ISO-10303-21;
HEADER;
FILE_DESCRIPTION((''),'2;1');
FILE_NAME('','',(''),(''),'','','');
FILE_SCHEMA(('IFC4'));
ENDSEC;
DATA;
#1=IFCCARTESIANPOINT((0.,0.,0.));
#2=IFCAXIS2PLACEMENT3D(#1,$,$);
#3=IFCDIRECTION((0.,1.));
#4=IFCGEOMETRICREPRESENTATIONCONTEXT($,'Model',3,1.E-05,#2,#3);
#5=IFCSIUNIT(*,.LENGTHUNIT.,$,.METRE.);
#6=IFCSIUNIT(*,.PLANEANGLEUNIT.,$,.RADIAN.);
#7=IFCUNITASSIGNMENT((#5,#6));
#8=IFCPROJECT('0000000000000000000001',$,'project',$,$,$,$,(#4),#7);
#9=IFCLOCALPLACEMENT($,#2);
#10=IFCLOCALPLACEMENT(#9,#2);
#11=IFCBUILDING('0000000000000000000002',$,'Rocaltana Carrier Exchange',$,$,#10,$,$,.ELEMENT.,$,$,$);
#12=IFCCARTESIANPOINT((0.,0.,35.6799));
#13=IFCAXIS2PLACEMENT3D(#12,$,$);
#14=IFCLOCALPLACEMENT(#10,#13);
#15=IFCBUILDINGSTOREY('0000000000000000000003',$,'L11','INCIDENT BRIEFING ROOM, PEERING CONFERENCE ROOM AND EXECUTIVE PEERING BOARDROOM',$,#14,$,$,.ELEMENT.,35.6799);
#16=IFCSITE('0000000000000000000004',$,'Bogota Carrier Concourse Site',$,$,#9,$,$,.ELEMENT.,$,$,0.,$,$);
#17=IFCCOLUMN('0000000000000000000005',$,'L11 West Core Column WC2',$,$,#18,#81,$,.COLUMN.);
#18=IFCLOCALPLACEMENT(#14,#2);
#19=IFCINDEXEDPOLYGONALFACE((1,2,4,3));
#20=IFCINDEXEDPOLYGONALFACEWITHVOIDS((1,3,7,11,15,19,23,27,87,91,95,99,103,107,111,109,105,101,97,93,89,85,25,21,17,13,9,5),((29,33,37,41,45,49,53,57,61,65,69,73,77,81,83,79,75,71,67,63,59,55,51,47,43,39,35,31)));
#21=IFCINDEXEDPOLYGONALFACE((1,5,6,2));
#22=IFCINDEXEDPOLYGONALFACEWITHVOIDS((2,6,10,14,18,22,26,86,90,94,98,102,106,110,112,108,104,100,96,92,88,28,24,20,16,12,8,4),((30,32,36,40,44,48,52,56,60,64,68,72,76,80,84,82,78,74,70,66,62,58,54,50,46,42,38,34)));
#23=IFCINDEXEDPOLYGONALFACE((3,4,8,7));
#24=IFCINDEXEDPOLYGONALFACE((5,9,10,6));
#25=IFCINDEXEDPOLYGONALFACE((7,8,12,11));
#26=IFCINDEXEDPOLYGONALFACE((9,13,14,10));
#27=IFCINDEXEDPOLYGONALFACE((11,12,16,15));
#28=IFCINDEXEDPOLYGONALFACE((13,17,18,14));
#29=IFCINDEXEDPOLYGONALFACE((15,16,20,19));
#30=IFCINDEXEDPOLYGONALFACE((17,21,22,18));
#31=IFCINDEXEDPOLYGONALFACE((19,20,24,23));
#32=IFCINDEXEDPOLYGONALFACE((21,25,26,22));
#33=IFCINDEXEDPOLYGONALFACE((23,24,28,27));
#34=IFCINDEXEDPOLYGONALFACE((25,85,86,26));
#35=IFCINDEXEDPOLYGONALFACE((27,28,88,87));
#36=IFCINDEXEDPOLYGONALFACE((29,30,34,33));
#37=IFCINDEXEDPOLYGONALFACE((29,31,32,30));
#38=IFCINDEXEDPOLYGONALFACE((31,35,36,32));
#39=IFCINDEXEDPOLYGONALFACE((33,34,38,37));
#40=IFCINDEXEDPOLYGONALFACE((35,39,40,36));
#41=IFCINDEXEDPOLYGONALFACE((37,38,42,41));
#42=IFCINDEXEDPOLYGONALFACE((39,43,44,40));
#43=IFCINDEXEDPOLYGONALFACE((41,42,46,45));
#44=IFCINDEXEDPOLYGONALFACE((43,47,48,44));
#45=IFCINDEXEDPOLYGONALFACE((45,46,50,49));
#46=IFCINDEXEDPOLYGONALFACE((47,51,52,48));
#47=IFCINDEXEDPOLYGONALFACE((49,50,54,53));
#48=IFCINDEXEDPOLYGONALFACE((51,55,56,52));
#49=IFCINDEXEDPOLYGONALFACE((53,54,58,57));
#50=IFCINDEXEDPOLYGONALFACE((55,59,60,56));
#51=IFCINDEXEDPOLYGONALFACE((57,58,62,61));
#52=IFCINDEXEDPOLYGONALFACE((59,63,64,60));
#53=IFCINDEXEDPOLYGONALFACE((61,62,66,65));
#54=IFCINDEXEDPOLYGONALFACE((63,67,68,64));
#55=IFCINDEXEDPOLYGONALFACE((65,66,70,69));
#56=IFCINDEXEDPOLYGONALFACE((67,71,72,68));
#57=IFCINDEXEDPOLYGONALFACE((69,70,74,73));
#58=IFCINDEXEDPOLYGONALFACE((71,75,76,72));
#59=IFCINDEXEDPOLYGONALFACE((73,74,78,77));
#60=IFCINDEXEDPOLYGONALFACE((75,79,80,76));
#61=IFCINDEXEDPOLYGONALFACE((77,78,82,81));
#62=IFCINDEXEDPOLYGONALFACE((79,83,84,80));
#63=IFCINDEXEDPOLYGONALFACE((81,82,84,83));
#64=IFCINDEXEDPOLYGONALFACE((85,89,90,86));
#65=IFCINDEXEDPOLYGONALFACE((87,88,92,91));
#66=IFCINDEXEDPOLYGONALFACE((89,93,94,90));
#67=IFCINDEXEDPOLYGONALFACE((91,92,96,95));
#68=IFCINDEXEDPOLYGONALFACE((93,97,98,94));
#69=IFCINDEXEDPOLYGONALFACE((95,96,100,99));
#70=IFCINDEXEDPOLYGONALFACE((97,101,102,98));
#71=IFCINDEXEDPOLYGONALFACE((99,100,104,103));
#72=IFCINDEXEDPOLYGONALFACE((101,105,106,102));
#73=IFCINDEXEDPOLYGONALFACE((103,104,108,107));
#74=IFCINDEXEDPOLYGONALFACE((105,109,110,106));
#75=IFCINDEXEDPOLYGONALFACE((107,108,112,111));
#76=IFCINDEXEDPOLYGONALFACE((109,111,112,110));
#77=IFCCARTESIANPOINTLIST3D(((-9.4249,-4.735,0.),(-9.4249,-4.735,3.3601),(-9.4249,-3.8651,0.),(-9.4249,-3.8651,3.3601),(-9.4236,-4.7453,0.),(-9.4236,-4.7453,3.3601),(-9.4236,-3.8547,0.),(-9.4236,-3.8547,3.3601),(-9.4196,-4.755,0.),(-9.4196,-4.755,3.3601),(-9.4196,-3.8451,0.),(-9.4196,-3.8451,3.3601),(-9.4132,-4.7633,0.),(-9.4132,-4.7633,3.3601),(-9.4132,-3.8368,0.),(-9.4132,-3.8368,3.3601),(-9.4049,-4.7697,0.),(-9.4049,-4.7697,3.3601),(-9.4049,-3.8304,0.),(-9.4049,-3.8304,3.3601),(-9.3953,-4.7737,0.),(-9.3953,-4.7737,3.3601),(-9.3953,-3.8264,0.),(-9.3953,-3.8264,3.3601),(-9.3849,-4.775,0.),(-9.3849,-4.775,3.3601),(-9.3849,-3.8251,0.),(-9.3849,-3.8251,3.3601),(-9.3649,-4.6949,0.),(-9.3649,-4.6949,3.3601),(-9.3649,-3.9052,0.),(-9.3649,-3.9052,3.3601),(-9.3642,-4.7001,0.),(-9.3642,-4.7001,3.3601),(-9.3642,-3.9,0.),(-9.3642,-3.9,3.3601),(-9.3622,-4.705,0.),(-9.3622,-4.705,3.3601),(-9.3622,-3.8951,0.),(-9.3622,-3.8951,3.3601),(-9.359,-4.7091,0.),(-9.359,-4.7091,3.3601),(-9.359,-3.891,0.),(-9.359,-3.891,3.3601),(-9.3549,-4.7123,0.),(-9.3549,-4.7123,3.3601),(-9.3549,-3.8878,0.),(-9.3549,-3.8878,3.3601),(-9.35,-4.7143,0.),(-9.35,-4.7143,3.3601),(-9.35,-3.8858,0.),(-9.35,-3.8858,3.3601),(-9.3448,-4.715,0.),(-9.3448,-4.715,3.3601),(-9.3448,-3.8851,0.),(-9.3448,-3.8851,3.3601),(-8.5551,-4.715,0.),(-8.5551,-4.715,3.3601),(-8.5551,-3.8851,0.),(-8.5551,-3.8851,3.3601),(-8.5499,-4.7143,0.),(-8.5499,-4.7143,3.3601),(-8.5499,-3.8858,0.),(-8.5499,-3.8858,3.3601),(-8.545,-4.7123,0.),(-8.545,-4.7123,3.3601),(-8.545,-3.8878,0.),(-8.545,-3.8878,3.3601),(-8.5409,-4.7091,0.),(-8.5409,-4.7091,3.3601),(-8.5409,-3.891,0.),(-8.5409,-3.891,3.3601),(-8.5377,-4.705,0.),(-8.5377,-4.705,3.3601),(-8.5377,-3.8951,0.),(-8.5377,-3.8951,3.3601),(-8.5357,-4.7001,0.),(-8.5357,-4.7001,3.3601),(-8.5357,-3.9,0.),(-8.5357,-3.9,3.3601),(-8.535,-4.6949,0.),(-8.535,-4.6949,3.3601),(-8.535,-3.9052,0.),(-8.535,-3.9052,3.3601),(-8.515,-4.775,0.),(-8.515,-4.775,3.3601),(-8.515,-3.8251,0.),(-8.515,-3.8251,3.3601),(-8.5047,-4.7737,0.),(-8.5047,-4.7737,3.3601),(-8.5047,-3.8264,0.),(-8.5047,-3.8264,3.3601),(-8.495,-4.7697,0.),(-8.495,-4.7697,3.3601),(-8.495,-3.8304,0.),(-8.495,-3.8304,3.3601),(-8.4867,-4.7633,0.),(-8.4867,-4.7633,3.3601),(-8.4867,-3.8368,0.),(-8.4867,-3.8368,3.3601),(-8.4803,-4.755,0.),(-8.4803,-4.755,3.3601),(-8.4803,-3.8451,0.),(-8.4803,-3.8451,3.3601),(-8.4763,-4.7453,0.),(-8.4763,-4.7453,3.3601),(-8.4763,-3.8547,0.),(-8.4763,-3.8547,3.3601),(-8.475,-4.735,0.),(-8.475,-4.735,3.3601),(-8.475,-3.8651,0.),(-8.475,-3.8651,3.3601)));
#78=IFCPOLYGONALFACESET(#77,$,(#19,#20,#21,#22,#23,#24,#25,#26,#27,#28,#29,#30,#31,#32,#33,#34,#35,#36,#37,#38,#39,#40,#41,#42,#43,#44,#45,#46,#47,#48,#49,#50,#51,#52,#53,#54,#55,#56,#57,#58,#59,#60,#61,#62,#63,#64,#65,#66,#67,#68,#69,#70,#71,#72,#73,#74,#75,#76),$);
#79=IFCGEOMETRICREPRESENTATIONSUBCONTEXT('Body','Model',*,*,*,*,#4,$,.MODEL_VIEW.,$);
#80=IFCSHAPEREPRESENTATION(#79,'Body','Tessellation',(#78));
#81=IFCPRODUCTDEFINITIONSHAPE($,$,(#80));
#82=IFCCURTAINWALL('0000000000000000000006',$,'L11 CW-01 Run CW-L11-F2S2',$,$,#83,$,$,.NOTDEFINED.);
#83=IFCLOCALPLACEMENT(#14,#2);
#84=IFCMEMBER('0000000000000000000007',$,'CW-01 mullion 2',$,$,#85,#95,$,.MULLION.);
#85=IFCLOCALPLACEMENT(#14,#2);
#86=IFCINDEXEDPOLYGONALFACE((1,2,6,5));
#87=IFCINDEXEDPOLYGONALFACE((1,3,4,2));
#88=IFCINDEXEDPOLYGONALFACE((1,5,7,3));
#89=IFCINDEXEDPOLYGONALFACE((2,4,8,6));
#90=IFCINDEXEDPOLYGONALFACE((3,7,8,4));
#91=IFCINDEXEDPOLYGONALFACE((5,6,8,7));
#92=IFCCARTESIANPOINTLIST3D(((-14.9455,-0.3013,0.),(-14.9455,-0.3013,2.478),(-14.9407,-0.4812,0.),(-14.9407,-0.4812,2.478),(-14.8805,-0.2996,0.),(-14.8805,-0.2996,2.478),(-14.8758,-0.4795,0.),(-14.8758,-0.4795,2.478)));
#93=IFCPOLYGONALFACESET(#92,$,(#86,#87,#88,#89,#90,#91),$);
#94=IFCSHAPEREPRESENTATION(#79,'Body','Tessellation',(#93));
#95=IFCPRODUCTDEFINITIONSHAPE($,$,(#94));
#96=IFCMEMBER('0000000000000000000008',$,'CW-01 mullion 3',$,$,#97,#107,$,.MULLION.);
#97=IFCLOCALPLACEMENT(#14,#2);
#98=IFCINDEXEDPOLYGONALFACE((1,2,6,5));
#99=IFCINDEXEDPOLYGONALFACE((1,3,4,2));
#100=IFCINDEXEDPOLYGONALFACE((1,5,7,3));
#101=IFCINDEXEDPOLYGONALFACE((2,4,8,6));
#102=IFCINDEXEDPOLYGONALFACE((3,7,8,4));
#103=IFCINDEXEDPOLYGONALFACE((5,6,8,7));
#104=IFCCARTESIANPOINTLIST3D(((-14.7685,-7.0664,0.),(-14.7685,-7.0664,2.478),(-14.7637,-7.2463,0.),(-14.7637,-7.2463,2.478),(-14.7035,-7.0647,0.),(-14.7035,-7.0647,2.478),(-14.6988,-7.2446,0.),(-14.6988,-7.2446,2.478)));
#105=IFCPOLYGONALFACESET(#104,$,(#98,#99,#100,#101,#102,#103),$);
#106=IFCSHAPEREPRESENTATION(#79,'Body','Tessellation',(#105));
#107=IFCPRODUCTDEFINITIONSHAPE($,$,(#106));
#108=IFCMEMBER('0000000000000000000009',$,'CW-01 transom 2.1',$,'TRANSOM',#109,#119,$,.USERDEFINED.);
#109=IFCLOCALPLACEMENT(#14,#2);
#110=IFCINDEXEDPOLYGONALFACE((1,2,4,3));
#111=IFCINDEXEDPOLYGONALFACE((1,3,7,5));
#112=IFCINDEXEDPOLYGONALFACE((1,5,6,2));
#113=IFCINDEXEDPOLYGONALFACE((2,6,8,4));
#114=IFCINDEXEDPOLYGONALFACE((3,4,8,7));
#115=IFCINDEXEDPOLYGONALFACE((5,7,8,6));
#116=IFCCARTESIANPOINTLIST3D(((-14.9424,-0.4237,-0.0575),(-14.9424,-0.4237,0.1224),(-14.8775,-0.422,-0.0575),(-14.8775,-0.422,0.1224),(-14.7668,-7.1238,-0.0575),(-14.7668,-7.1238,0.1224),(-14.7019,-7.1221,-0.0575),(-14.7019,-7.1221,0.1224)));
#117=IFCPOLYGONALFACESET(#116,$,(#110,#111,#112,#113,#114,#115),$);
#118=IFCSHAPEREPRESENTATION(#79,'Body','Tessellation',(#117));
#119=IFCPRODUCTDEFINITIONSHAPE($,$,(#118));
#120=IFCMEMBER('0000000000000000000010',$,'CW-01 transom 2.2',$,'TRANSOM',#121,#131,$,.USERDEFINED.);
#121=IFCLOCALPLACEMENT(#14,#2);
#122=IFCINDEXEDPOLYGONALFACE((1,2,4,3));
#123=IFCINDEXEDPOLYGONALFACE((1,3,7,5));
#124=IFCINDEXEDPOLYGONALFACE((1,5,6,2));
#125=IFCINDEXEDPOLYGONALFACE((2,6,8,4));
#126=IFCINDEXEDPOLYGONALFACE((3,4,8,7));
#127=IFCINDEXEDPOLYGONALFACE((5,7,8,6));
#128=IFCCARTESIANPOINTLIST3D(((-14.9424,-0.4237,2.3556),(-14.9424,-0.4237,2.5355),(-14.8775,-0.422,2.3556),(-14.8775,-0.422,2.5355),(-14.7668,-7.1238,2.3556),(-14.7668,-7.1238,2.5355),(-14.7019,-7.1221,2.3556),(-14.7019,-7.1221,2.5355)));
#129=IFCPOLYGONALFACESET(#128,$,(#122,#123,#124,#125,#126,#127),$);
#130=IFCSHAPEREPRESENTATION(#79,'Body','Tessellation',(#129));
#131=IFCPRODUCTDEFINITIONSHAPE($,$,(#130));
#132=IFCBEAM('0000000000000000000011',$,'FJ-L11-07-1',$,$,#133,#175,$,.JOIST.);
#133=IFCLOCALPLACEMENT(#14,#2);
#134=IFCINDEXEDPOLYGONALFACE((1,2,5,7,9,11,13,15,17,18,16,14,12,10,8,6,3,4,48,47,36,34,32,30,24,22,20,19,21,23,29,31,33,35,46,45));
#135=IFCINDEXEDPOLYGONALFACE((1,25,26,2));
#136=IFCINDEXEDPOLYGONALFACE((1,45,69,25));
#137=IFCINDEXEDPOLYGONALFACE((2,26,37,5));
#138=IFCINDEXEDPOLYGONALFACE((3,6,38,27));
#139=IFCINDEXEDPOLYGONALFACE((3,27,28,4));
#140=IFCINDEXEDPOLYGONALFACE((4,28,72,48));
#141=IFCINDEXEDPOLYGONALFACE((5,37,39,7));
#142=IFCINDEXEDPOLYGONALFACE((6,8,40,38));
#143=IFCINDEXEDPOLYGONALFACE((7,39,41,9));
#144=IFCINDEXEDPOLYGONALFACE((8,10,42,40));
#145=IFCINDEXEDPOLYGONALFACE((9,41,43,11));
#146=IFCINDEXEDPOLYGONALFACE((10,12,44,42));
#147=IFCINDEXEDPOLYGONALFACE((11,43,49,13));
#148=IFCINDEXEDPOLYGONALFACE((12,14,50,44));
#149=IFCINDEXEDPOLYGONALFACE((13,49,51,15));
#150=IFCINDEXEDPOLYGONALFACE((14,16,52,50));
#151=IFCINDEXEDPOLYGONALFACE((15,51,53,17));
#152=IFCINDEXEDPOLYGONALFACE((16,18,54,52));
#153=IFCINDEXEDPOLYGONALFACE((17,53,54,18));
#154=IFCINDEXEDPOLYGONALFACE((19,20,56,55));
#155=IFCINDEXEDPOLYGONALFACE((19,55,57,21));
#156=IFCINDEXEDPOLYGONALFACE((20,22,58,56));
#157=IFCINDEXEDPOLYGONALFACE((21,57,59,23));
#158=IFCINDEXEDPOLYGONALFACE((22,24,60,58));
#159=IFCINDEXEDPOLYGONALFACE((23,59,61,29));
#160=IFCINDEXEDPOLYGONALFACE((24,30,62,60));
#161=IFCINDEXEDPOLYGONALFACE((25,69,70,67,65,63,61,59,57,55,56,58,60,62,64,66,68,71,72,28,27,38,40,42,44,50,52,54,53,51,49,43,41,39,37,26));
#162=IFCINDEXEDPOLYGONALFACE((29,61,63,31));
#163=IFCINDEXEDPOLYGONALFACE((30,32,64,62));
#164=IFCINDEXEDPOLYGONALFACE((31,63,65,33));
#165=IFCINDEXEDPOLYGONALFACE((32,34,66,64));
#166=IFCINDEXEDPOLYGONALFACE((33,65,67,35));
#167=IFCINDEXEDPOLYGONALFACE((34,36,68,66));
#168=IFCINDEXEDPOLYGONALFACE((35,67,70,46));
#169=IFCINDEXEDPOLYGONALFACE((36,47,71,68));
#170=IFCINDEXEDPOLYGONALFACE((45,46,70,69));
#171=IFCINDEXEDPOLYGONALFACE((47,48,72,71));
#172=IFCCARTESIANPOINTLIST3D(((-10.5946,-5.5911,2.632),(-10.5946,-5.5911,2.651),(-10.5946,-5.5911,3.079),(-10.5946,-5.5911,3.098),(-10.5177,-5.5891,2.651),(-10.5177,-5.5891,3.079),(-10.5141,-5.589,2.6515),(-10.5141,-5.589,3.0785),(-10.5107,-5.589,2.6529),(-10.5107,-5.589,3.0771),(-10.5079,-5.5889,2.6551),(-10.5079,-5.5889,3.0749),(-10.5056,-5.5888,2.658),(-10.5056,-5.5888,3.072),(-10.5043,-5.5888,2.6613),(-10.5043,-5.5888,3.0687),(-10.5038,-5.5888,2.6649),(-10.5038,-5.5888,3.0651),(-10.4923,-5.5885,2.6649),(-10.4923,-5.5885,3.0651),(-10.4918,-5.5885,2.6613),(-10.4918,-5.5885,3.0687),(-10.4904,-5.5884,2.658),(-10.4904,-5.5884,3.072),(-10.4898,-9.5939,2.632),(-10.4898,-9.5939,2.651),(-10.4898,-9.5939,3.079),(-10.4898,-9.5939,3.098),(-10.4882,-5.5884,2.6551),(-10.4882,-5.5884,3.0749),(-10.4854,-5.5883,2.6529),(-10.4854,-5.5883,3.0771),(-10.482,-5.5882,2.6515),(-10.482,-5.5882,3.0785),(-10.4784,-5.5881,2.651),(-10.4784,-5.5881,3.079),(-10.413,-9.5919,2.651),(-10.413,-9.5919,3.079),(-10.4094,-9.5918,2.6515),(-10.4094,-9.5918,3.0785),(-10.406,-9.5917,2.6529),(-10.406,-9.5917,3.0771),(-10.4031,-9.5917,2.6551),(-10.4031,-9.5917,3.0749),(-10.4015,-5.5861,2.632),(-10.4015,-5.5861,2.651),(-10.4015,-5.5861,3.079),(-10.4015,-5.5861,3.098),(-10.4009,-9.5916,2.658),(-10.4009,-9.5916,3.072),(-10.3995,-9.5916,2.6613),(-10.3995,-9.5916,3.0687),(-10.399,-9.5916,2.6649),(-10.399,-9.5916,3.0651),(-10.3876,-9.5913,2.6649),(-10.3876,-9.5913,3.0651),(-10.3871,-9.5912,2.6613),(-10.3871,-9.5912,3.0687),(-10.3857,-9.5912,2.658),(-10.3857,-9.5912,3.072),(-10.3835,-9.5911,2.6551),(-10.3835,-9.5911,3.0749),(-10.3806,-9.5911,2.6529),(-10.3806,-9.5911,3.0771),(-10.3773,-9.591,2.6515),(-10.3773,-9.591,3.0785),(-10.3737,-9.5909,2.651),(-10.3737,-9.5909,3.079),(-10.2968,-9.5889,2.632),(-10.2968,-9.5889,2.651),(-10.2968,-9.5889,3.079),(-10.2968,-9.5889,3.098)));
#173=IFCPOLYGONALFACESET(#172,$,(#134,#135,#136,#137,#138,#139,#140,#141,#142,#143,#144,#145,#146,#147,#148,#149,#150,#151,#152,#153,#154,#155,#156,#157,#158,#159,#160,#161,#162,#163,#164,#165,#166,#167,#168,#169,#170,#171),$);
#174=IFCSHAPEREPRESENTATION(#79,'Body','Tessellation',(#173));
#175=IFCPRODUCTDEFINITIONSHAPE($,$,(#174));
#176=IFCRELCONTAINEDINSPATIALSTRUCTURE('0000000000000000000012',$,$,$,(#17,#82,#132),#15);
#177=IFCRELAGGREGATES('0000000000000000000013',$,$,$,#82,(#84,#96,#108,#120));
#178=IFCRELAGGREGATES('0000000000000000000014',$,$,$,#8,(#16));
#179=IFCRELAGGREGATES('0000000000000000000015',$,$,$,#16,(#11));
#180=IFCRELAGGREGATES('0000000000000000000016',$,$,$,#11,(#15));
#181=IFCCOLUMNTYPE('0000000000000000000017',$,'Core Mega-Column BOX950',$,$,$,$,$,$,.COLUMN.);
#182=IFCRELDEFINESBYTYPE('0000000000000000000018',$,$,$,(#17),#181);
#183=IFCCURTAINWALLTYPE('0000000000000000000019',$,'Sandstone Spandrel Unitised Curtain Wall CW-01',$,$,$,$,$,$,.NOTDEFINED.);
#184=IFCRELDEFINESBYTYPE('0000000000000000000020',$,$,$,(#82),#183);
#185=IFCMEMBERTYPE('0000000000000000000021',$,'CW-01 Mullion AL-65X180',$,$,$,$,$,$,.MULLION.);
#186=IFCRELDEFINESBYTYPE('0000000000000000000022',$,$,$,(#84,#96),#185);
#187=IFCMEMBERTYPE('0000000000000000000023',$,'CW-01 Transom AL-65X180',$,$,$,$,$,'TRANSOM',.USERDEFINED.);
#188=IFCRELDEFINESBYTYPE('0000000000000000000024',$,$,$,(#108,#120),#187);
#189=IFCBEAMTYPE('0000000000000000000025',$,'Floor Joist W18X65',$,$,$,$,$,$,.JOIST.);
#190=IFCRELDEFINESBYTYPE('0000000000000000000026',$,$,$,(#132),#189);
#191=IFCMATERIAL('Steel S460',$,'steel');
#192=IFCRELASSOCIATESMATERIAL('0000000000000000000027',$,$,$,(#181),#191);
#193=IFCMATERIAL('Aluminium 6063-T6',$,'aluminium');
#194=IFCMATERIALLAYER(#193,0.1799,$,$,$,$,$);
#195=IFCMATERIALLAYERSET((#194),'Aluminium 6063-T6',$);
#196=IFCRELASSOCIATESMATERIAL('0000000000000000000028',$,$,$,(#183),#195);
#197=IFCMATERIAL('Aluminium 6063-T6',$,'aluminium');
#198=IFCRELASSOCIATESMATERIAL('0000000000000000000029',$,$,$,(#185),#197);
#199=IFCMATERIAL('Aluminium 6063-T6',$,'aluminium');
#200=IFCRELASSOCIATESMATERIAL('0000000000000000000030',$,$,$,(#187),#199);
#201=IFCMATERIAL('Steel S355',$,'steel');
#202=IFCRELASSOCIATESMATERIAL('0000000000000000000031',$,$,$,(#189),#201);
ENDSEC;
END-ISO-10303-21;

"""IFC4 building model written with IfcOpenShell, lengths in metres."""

from ifc_helpers import new_model, si_unit, direction, frame, origin, origin_2d, place, context, subcontext, project, spatial, rectangle, hollow_rectangle, i_section, extrude, material, layer, layer_set, material_profile, profile_set, type_object, element, aggregate, save


model = new_model("IFC4")

# Units and contexts
model_context = context("Model", 3, precision=1e-05, world=origin(), true_north=direction((0.0, 1.0)))
body_context = subcontext(model_context, "Body", "Model", "MODEL_VIEW")
ifc_project = project(units=[si_unit("LENGTHUNIT", "METRE"), si_unit("PLANEANGLEUNIT", "RADIAN")], contexts=[model_context])

# Site, building, storey
site_placement = place(None, origin())
site = spatial("IfcSite", under=ifc_project, at=site_placement, Name="Bogota Carrier Concourse Site", CompositionType="ELEMENT", RefElevation=0.0)
building_placement = place(site_placement, origin())
building = spatial("IfcBuilding", under=site, at=building_placement, Name="Rocaltana Carrier Exchange", CompositionType="ELEMENT")
storey_placement = place(building_placement, frame((0.0, 0.0, 35.6799)))
storey = spatial("IfcBuildingStorey", under=building, at=storey_placement, Name="L11", Description="INCIDENT BRIEFING ROOM, PEERING CONFERENCE ROOM AND EXECUTIVE PEERING BOARDROOM", CompositionType="ELEMENT", Elevation=35.6799)

# Column
ifc_material_1 = material(Name="Steel S460", Category="steel")
ifc_material_profile_1 = material_profile(ifc_material_1, hollow_rectangle(XDim=0.95, YDim=0.95, WallThickness=0.0601, InnerFilletRadius=0.02, OuterFilletRadius=0.04, at=origin_2d()), Name="BOX950X950X60")
ifc_profile_set_1 = profile_set([ifc_material_profile_1], Name="Steel S460")
column_type = type_object("IfcColumnType", Name="Core Mega-Column BOX950", PredefinedType="COLUMN", material=ifc_profile_set_1)
column_placement = place(storey_placement, frame((-8.95, -4.3, 0.0), z_axis=(0.0, 0.0, 1.0), x_axis=(1.0, 0.0, 0.0)))
element("IfcColumn", 1, at=column_placement, inside=storey, type_object=column_type, Name="L11 West Core Column WC2", PredefinedType="COLUMN", context=body_context, shape_type="SweptSolid", body=[
    extrude(hollow_rectangle(XDim=0.95, YDim=0.95, WallThickness=0.0601, InnerFilletRadius=0.02, OuterFilletRadius=0.04, at=origin_2d()), origin(), (0.0, 0.0, 1.0), 3.3601),
])

# Curtain wall, members
ifc_material_2 = material(Name="Aluminium 6063-T6", Category="aluminium")
ifc_layer_1 = layer(ifc_material_2, 0.1799)
ifc_layer_set_1 = layer_set([ifc_layer_1], Name="Aluminium 6063-T6")
curtain_wall_type = type_object("IfcCurtainWallType", Name="Sandstone Spandrel Unitised Curtain Wall CW-01", PredefinedType="NOTDEFINED", material=ifc_layer_set_1)
curtain_wall_placement = place(storey_placement, origin())
curtain_wall = element("IfcCurtainWall", 2, at=curtain_wall_placement, inside=storey, type_object=curtain_wall_type, Name="L11 CW-01 Run CW-L11-F2S2", PredefinedType="NOTDEFINED")
ifc_material_3 = material(Name="Aluminium 6063-T6", Category="aluminium")
ifc_material_profile_2 = material_profile(ifc_material_3, rectangle(XDim=0.0649, YDim=0.1799, at=origin_2d()), Name="AL-65X180")
ifc_profile_set_2 = profile_set([ifc_material_profile_2], Name="Aluminium 6063-T6")
member_type_1 = type_object("IfcMemberType", Name="CW-01 Mullion AL-65X180", PredefinedType="MULLION", material=ifc_profile_set_2)
member_1_placement = place(storey_placement, frame((-14.9106, -0.3904, 0.0), z_axis=(0.0, 0.0, 1.0), x_axis=(0.999657, 0.026177, 0.0)))
member_1 = element("IfcMember", 3, at=member_1_placement, type_object=member_type_1, Name="CW-01 mullion 2", PredefinedType="MULLION", context=body_context, shape_type="SweptSolid", body=[
    extrude(rectangle(XDim=0.0649, YDim=0.1799, at=origin_2d()), origin(), (0.0, 0.0, 1.0), 2.478),
])
member_2_placement = place(storey_placement, frame((-14.7336, -7.1555, 0.0), z_axis=(0.0, 0.0, 1.0), x_axis=(0.999657, 0.026177, 0.0)))
member_2 = element("IfcMember", 4, at=member_2_placement, type_object=member_type_1, Name="CW-01 mullion 3", PredefinedType="MULLION", context=body_context, shape_type="SweptSolid", body=[
    extrude(rectangle(XDim=0.0649, YDim=0.1799, at=origin_2d()), origin(), (0.0, 0.0, 1.0), 2.478),
])
ifc_material_4 = material(Name="Aluminium 6063-T6", Category="aluminium")
ifc_material_profile_3 = material_profile(ifc_material_4, rectangle(XDim=0.0649, YDim=0.1799, at=origin_2d()), Name="AL-65X180")
ifc_profile_set_3 = profile_set([ifc_material_profile_3], Name="Aluminium 6063-T6")
member_type_2 = type_object("IfcMemberType", Name="CW-01 Transom AL-65X180", ElementType="TRANSOM", PredefinedType="USERDEFINED", material=ifc_profile_set_3)
member_3_placement = place(storey_placement, frame((-14.9099, -0.4229, 0.0325), z_axis=(0.02619, -0.999657, 0.0), x_axis=(0.999657, 0.02619, 0.0)))
member_3 = element("IfcMember", 5, at=member_3_placement, type_object=member_type_2, Name="CW-01 transom 2.1", ObjectType="TRANSOM", PredefinedType="USERDEFINED", context=body_context, shape_type="SweptSolid", body=[
    extrude(rectangle(XDim=0.0649, YDim=0.1799, at=origin_2d()), origin(), (0.0, 0.0, 1.0), 6.7024),
])
member_4_placement = place(storey_placement, frame((-14.9099, -0.4229, 2.4456), z_axis=(0.02619, -0.999657, 0.0), x_axis=(0.999657, 0.02619, 0.0)))
member_4 = element("IfcMember", 6, at=member_4_placement, type_object=member_type_2, Name="CW-01 transom 2.2", ObjectType="TRANSOM", PredefinedType="USERDEFINED", context=body_context, shape_type="SweptSolid", body=[
    extrude(rectangle(XDim=0.0649, YDim=0.1799, at=origin_2d()), origin(), (0.0, 0.0, 1.0), 6.7024),
])

# Beam
ifc_material_5 = material(Name="Steel S355", Category="steel")
ifc_material_profile_4 = material_profile(ifc_material_5, i_section(OverallWidth=0.1931, OverallDepth=0.4661, WebThickness=0.0115, FlangeThickness=0.019, FilletRadius=0.0139, at=origin_2d()), Name="W18X65")
ifc_profile_set_4 = profile_set([ifc_material_profile_4], Name="Steel S355")
beam_type_1 = type_object("IfcBeamType", Name="Floor Joist W18X65", PredefinedType="JOIST", material=ifc_profile_set_4)
beam_1_placement = place(storey_placement, frame((-10.498, -5.5886, 2.865), z_axis=(0.026158, -0.999658, 0.0), x_axis=(0.999658, 0.026158, 0.0)))
element("IfcBeam", 7, at=beam_1_placement, inside=storey, type_object=beam_type_1, Name="FJ-L11-07-1", PredefinedType="JOIST", context=body_context, shape_type="SweptSolid", body=[
    extrude(i_section(OverallWidth=0.1931, OverallDepth=0.4661, WebThickness=0.0115, FlangeThickness=0.019, FilletRadius=0.0139, at=origin_2d()), origin(), (0.0, 0.0, 1.0), 4.0042),
])

aggregate(curtain_wall, [member_1, member_2, member_3, member_4])

save(model, "model.ifc")
